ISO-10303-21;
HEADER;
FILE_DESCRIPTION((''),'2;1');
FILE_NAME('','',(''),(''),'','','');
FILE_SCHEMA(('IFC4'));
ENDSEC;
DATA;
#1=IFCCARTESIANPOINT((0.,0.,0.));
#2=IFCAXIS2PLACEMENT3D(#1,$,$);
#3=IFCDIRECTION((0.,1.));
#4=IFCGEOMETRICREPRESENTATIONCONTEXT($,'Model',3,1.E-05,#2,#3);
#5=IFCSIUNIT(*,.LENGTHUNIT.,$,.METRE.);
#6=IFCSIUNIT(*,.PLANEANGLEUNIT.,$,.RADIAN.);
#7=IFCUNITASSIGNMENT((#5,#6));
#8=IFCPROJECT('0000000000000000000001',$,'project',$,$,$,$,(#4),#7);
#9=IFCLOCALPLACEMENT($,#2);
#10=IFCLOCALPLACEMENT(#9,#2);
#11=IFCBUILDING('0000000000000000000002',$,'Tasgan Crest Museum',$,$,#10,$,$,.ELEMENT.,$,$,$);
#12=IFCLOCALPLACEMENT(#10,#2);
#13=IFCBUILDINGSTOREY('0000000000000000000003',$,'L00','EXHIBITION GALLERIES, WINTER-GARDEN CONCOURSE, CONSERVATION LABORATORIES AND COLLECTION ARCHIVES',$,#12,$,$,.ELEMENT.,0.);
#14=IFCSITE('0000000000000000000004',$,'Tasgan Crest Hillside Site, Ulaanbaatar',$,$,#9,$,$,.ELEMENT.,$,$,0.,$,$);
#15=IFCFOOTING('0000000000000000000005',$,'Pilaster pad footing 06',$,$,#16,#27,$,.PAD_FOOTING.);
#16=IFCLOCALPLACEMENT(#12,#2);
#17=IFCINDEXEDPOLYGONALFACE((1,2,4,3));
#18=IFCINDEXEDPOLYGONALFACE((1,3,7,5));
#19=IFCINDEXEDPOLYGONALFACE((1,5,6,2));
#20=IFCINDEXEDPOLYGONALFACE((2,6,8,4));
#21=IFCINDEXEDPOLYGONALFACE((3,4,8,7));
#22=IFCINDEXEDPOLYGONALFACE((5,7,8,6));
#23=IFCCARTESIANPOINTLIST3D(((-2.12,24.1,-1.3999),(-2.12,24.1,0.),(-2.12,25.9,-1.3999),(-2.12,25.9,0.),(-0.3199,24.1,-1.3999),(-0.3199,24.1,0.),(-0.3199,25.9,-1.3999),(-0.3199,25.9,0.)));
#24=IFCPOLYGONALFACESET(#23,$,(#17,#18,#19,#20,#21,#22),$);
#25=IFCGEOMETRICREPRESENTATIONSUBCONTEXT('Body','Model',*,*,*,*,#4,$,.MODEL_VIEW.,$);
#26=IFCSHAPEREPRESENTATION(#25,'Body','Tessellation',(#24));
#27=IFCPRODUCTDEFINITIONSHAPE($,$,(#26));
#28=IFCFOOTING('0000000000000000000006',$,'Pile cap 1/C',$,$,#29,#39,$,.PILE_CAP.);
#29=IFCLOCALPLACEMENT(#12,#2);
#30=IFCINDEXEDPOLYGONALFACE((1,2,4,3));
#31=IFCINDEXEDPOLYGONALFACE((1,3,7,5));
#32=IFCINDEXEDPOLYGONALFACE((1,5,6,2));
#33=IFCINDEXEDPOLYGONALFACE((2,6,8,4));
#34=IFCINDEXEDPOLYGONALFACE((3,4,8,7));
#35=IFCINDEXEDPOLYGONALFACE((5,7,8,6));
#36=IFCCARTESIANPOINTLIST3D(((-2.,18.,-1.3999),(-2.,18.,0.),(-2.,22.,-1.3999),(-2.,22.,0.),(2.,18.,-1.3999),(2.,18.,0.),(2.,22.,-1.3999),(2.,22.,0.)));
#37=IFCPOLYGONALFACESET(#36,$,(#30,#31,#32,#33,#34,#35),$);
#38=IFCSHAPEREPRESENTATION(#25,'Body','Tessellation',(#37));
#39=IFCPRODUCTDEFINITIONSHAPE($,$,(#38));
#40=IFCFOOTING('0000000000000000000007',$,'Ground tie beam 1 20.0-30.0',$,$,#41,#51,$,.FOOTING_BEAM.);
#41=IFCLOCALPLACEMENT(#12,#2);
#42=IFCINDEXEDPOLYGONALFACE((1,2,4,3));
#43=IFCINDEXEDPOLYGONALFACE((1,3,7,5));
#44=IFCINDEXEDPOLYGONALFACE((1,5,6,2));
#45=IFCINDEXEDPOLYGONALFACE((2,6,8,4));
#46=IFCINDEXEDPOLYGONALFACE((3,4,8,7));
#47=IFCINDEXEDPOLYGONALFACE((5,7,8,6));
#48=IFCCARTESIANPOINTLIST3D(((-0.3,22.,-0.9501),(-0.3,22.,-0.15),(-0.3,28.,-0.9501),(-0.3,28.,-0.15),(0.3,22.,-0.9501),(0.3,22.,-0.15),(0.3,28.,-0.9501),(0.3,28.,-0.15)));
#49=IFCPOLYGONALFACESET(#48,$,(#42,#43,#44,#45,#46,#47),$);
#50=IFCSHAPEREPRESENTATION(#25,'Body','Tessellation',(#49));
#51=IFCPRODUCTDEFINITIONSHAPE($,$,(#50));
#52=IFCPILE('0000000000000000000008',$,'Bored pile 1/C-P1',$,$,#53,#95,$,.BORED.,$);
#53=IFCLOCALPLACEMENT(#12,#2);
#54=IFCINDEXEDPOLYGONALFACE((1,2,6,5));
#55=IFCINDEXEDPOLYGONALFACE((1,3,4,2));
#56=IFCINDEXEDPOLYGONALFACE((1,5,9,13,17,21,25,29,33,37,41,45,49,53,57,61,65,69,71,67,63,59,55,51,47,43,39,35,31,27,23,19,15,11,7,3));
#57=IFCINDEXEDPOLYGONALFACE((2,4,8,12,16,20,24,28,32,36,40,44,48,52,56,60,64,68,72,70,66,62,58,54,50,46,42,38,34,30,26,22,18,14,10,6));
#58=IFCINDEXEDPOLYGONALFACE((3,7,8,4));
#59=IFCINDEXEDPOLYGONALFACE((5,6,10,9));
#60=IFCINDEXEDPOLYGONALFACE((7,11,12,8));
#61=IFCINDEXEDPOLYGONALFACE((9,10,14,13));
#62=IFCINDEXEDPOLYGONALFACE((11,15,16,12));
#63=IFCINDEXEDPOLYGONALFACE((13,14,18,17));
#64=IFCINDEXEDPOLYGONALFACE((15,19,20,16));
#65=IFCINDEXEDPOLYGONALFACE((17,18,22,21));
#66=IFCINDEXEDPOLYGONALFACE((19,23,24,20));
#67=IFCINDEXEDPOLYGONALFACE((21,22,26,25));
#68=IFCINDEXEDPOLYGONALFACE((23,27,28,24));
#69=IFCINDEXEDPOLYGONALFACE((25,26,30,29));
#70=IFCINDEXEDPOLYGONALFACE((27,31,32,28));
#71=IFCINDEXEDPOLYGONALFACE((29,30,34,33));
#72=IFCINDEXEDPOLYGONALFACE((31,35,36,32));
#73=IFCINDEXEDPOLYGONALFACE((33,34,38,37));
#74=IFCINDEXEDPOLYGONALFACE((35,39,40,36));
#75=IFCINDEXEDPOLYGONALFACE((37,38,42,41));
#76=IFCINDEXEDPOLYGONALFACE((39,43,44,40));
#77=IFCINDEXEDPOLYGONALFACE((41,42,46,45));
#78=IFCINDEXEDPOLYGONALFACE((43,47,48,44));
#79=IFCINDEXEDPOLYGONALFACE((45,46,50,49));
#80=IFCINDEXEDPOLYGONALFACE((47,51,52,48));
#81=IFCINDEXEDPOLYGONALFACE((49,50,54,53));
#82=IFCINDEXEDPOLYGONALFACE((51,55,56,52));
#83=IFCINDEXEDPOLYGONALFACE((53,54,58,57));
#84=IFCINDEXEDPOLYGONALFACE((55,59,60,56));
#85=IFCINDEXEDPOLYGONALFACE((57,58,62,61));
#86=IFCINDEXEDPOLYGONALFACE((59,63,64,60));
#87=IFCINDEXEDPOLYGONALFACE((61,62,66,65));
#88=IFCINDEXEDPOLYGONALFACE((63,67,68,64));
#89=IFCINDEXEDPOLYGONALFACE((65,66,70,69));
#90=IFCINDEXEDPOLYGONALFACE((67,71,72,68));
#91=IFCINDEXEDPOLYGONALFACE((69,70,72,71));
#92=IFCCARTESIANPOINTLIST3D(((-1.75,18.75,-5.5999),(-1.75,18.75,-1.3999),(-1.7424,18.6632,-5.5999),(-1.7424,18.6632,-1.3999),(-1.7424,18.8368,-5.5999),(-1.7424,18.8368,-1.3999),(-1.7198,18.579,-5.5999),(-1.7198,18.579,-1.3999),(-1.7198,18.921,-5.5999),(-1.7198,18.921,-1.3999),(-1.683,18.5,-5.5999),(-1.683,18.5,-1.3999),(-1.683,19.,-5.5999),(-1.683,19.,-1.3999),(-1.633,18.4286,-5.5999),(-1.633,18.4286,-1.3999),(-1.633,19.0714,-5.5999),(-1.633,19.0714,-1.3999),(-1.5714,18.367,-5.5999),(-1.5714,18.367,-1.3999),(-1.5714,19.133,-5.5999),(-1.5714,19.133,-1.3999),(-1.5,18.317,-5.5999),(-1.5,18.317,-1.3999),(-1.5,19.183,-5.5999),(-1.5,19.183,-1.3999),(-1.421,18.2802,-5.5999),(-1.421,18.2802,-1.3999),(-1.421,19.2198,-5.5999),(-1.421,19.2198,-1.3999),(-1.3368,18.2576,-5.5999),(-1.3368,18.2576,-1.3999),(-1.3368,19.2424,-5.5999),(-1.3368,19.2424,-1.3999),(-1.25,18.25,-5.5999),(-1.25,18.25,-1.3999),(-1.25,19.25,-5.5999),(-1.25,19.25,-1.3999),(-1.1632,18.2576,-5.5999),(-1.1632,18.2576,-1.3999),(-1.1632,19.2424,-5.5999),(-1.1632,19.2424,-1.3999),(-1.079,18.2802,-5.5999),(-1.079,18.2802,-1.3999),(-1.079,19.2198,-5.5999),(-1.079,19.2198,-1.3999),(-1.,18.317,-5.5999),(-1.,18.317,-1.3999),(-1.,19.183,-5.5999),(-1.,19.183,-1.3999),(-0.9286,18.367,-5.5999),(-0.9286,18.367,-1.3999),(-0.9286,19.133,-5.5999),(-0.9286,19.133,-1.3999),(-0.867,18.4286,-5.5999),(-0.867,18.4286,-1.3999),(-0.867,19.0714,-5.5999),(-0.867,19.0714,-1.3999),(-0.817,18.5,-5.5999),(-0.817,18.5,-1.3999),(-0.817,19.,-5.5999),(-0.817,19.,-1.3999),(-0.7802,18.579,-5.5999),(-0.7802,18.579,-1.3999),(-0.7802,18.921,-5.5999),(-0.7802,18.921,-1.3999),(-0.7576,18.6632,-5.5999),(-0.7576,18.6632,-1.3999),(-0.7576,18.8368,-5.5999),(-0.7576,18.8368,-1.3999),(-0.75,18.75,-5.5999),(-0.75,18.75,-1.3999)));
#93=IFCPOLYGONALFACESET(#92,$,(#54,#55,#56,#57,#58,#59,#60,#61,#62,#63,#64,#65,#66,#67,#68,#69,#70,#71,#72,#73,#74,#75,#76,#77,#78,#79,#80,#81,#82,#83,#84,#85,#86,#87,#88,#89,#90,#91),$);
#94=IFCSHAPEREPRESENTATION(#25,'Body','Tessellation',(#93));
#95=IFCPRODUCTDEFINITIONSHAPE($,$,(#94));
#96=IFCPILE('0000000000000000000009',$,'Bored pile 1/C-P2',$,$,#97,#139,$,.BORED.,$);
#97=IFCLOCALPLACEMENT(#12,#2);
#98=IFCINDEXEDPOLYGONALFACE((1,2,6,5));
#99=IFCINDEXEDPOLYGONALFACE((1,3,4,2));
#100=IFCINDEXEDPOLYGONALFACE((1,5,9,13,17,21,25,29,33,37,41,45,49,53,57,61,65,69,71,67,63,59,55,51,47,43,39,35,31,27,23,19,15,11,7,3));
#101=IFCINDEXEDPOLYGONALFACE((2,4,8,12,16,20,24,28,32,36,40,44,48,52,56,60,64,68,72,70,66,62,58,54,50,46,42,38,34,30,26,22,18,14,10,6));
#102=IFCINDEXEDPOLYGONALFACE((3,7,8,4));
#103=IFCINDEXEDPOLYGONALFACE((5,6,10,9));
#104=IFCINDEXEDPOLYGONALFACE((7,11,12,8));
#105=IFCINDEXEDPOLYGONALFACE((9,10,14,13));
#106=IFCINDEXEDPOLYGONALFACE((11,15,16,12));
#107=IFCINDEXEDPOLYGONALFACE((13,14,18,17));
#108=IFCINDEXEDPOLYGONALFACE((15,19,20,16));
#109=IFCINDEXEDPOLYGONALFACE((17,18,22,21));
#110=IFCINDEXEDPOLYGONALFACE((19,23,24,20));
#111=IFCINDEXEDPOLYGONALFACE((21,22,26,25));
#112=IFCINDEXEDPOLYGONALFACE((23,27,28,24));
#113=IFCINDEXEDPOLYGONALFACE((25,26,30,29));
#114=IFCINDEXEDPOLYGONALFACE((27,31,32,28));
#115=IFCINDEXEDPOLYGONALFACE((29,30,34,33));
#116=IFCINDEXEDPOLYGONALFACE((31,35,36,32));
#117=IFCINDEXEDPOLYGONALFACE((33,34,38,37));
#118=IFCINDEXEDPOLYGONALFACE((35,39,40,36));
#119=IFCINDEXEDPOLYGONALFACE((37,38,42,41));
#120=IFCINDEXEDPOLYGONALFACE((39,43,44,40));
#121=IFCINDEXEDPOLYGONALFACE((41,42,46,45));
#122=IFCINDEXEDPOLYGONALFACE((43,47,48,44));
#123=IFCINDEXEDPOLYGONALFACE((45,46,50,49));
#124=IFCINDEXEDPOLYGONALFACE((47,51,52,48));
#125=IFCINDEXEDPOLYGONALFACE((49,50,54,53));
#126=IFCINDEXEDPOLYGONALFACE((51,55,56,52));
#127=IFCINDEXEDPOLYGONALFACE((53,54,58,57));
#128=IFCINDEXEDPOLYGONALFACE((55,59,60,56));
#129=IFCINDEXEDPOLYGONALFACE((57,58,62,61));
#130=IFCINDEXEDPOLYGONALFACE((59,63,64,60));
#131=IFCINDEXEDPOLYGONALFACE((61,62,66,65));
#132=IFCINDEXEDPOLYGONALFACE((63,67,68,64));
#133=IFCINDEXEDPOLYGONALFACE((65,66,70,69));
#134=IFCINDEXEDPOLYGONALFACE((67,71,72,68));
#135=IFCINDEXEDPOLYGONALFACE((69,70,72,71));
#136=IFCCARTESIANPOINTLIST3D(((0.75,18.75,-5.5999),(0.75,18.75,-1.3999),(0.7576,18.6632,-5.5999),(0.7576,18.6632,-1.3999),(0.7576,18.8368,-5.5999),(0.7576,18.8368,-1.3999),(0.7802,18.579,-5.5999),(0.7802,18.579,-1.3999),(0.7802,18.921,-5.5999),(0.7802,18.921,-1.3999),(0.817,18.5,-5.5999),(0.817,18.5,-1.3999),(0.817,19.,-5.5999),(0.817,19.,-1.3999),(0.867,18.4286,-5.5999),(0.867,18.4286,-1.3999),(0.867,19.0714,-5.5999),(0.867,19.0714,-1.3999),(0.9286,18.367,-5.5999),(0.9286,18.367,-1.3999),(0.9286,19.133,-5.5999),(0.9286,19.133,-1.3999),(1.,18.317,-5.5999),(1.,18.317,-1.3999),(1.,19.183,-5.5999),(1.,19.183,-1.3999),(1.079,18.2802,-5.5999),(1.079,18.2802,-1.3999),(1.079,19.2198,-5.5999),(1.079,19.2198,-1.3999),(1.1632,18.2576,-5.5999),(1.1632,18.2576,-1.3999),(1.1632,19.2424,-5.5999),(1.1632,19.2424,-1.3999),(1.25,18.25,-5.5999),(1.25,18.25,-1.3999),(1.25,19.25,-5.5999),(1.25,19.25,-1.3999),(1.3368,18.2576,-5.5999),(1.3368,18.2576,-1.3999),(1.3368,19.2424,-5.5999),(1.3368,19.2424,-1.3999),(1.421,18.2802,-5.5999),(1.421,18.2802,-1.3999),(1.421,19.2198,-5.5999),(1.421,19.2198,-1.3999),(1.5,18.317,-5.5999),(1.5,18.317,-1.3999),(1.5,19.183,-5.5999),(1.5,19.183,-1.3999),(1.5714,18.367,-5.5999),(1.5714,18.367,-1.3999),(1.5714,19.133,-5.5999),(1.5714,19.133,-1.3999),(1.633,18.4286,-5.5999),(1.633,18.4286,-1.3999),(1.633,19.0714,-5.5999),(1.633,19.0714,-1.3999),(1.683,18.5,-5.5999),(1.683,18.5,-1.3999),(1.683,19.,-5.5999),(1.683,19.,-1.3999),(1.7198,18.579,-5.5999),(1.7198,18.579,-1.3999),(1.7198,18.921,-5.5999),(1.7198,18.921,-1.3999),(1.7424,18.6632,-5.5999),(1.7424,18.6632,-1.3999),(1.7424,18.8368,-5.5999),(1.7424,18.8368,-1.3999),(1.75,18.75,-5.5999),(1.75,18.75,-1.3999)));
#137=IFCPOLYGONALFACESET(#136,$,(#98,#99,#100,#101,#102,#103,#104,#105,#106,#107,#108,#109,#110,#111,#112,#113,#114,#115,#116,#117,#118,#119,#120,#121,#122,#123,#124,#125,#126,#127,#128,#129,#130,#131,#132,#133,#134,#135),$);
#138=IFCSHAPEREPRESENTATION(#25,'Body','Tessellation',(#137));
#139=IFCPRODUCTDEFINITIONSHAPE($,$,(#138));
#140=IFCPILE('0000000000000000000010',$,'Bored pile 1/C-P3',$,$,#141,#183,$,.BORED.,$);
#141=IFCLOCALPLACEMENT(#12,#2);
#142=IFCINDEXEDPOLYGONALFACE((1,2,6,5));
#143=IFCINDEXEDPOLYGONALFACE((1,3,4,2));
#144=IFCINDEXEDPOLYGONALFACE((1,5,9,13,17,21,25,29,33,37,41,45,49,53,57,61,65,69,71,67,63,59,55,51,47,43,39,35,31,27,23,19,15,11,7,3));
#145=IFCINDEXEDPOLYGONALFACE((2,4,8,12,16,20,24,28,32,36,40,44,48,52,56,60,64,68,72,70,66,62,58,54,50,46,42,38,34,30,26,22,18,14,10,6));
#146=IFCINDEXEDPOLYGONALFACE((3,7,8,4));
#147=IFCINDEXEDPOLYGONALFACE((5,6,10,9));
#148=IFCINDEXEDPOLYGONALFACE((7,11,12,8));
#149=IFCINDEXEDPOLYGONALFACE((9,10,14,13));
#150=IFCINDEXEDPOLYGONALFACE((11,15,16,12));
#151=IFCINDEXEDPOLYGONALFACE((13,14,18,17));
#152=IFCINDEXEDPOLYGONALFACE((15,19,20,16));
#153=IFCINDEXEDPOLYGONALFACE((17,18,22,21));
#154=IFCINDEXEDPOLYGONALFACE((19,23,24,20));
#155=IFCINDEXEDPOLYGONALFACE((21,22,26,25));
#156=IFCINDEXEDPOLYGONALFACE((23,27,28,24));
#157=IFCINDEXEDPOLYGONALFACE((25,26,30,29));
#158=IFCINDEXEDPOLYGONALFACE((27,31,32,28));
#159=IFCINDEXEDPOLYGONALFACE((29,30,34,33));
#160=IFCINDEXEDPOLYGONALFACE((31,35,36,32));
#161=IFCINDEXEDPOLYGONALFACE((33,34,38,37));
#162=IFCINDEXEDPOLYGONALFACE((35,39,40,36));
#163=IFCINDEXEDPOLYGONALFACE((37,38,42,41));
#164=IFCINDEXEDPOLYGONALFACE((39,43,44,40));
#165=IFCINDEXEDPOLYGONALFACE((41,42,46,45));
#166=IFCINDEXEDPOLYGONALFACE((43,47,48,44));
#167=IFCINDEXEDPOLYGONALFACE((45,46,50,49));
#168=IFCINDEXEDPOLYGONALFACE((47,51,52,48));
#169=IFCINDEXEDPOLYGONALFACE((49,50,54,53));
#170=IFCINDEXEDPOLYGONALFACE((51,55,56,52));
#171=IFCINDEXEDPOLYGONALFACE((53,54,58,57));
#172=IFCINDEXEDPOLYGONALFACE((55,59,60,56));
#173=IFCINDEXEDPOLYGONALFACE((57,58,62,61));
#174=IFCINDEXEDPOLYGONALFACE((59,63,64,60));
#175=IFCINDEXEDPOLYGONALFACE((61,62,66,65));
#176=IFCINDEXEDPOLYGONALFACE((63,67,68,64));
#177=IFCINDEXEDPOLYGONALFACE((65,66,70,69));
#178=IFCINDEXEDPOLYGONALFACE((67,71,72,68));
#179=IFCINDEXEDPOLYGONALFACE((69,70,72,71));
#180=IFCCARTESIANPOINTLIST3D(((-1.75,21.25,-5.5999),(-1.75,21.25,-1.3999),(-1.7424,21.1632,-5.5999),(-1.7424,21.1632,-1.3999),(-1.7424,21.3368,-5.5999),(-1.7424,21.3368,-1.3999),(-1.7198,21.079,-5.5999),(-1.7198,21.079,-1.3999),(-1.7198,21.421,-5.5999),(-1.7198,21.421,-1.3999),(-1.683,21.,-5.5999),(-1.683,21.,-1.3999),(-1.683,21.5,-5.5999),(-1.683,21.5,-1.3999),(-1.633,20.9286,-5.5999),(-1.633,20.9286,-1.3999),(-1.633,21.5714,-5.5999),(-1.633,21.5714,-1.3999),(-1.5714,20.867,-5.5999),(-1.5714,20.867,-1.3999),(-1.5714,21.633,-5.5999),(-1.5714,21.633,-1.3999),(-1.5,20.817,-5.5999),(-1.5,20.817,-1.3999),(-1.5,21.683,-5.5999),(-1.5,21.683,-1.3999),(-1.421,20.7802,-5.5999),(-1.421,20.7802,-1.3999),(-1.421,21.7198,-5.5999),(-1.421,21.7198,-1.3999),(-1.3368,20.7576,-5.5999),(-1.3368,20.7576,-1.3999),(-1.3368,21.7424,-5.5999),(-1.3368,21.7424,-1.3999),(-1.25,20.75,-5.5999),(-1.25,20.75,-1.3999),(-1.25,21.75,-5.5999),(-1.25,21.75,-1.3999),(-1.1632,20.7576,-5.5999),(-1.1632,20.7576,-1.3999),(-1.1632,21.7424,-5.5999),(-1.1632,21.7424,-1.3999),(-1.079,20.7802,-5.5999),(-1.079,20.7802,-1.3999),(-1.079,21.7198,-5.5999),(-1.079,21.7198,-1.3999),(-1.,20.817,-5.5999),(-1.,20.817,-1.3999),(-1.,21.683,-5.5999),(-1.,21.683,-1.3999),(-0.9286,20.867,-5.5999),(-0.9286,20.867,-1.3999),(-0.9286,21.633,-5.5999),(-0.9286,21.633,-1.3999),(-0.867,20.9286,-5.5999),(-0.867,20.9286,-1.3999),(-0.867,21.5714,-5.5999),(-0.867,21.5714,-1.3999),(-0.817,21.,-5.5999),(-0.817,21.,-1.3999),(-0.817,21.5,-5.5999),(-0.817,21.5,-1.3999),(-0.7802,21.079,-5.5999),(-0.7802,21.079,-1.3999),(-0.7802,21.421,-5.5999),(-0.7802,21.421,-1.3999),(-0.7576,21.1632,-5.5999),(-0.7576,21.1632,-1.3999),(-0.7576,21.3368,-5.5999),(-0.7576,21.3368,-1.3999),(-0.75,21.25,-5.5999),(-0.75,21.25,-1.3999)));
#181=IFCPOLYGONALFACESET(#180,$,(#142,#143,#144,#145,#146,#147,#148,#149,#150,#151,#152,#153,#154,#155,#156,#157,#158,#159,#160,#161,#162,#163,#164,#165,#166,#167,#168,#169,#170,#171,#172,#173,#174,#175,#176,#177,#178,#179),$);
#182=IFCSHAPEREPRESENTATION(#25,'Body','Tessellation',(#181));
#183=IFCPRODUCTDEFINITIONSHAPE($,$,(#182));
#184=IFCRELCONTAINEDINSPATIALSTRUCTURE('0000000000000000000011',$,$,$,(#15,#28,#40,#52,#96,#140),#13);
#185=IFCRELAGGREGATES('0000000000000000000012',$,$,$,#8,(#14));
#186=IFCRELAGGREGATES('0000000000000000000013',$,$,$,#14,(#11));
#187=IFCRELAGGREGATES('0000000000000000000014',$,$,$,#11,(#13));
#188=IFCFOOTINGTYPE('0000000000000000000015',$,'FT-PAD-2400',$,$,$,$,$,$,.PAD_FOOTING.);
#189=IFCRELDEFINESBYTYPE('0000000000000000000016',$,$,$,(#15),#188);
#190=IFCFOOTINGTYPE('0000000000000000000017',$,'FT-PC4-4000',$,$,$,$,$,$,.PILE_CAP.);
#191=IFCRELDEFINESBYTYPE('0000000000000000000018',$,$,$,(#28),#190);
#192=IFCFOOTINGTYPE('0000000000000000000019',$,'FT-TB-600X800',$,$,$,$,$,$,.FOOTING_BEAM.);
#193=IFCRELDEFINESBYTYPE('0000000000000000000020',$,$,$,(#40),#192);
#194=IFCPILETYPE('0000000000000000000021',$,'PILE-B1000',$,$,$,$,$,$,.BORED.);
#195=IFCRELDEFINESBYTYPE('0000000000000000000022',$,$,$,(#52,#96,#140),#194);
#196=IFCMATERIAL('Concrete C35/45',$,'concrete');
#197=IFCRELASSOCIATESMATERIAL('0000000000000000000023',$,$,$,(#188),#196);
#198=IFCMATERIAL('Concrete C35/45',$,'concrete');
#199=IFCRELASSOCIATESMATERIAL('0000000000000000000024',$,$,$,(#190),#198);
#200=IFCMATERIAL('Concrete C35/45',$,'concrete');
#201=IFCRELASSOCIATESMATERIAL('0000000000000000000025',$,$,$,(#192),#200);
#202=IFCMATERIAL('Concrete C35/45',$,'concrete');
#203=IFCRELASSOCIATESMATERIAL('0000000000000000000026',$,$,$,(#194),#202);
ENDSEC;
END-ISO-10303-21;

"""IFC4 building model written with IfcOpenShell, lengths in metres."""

from ifc_helpers import new_model, si_unit, direction, frame, origin, origin_2d, place, context, subcontext, project, spatial, rectangle, circle, extrude, material, material_profile, profile_set, type_object, element, save


model = new_model("IFC4")

# Units and contexts
model_context = context("Model", 3, precision=1e-05, world=origin(), true_north=direction((0.0, 1.0)))
body_context = subcontext(model_context, "Body", "Model", "MODEL_VIEW")
ifc_project = project(units=[si_unit("LENGTHUNIT", "METRE"), si_unit("PLANEANGLEUNIT", "RADIAN")], contexts=[model_context])

# Site, building, storey
site_placement = place(None, origin())
site = spatial("IfcSite", under=ifc_project, at=site_placement, Name="Tasgan Crest Hillside Site, Ulaanbaatar", CompositionType="ELEMENT", RefElevation=0.0)
building_placement = place(site_placement, origin())
building = spatial("IfcBuilding", under=site, at=building_placement, Name="Tasgan Crest Museum", CompositionType="ELEMENT")
storey_placement = place(building_placement, origin())
storey = spatial("IfcBuildingStorey", under=building, at=storey_placement, Name="L00", Description="EXHIBITION GALLERIES, WINTER-GARDEN CONCOURSE, CONSERVATION LABORATORIES AND COLLECTION ARCHIVES", CompositionType="ELEMENT", Elevation=0.0)

# Footings
ifc_material_1 = material(Name="Concrete C35/45", Category="concrete")
footing_type_1 = type_object("IfcFootingType", Name="FT-PAD-2400", PredefinedType="PAD_FOOTING", material=ifc_material_1)
footing_1_placement = place(storey_placement, frame((-1.22, 25.0, -1.3999), z_axis=(0.0, 0.0, 1.0), x_axis=(1.0, 0.0, 0.0)))
element("IfcFooting", 1, at=footing_1_placement, inside=storey, type_object=footing_type_1, Name="Pilaster pad footing 06", PredefinedType="PAD_FOOTING", context=body_context, shape_type="SweptSolid", body=[
    extrude(rectangle(XDim=1.8, YDim=1.8, at=origin_2d()), origin(), (0.0, 0.0, 1.0), 1.3999),
])
ifc_material_2 = material(Name="Concrete C35/45", Category="concrete")
footing_type_2 = type_object("IfcFootingType", Name="FT-PC4-4000", PredefinedType="PILE_CAP", material=ifc_material_2)
footing_2_placement = place(storey_placement, frame((0.0, 20.0, -1.3999), z_axis=(0.0, 0.0, 1.0), x_axis=(1.0, 0.0, 0.0)))
element("IfcFooting", 2, at=footing_2_placement, inside=storey, type_object=footing_type_2, Name="Pile cap 1/C", PredefinedType="PILE_CAP", context=body_context, shape_type="SweptSolid", body=[
    extrude(rectangle(XDim=4.0, YDim=4.0, at=origin_2d()), origin(), (0.0, 0.0, 1.0), 1.3999),
])
ifc_material_3 = material(Name="Concrete C35/45", Category="concrete")
ifc_material_profile_1 = material_profile(ifc_material_3, rectangle(XDim=0.6001, YDim=0.8, at=origin_2d()), Name="TB 600x800")
ifc_profile_set_1 = profile_set([ifc_material_profile_1], Name="Concrete C35/45")
footing_type_3 = type_object("IfcFootingType", Name="FT-TB-600X800", PredefinedType="FOOTING_BEAM", material=ifc_profile_set_1)
footing_3_placement = place(storey_placement, frame((0.0, 22.0, -0.55), z_axis=(0.0, 1.0, 0.0), x_axis=(-1.0, 0.0, 0.0)))
element("IfcFooting", 3, at=footing_3_placement, inside=storey, type_object=footing_type_3, Name="Ground tie beam 1 20.0-30.0", PredefinedType="FOOTING_BEAM", context=body_context, shape_type="SweptSolid", body=[
    extrude(rectangle(XDim=0.6001, YDim=0.8, at=origin_2d()), origin(), (0.0, 0.0, 1.0), 6.0),
])

# Piles
ifc_material_4 = material(Name="Concrete C35/45", Category="concrete")
ifc_material_profile_2 = material_profile(ifc_material_4, circle(Radius=0.5, at=origin_2d()), Name="PILE D1000")
ifc_profile_set_2 = profile_set([ifc_material_profile_2], Name="Concrete C35/45")
pile_type = type_object("IfcPileType", Name="PILE-B1000", PredefinedType="BORED", material=ifc_profile_set_2)
for number, where, z_axis, x_axis, name in (
    (4, (-1.25, 18.75, -1.3999), (0.0, 0.0, -1.0), (1.0, 0.0, 0.0), "Bored pile 1/C-P1"),
    (5, (1.25, 18.75, -1.3999), (0.0, 0.0, -1.0), (1.0, 0.0, 0.0), "Bored pile 1/C-P2"),
    (6, (-1.25, 21.25, -1.3999), (0.0, 0.0, -1.0), (1.0, 0.0, 0.0), "Bored pile 1/C-P3"),
):
    element("IfcPile", number, at=place(storey_placement, frame(where, z_axis=z_axis, x_axis=x_axis)), inside=storey, type_object=pile_type, Name=name, PredefinedType="BORED", context=body_context, shape_type="SweptSolid", body=[
        extrude(circle(Radius=0.5, at=origin_2d()), origin(), (0.0, 0.0, 1.0), 4.2),
    ])

save(model, "model.ifc")
